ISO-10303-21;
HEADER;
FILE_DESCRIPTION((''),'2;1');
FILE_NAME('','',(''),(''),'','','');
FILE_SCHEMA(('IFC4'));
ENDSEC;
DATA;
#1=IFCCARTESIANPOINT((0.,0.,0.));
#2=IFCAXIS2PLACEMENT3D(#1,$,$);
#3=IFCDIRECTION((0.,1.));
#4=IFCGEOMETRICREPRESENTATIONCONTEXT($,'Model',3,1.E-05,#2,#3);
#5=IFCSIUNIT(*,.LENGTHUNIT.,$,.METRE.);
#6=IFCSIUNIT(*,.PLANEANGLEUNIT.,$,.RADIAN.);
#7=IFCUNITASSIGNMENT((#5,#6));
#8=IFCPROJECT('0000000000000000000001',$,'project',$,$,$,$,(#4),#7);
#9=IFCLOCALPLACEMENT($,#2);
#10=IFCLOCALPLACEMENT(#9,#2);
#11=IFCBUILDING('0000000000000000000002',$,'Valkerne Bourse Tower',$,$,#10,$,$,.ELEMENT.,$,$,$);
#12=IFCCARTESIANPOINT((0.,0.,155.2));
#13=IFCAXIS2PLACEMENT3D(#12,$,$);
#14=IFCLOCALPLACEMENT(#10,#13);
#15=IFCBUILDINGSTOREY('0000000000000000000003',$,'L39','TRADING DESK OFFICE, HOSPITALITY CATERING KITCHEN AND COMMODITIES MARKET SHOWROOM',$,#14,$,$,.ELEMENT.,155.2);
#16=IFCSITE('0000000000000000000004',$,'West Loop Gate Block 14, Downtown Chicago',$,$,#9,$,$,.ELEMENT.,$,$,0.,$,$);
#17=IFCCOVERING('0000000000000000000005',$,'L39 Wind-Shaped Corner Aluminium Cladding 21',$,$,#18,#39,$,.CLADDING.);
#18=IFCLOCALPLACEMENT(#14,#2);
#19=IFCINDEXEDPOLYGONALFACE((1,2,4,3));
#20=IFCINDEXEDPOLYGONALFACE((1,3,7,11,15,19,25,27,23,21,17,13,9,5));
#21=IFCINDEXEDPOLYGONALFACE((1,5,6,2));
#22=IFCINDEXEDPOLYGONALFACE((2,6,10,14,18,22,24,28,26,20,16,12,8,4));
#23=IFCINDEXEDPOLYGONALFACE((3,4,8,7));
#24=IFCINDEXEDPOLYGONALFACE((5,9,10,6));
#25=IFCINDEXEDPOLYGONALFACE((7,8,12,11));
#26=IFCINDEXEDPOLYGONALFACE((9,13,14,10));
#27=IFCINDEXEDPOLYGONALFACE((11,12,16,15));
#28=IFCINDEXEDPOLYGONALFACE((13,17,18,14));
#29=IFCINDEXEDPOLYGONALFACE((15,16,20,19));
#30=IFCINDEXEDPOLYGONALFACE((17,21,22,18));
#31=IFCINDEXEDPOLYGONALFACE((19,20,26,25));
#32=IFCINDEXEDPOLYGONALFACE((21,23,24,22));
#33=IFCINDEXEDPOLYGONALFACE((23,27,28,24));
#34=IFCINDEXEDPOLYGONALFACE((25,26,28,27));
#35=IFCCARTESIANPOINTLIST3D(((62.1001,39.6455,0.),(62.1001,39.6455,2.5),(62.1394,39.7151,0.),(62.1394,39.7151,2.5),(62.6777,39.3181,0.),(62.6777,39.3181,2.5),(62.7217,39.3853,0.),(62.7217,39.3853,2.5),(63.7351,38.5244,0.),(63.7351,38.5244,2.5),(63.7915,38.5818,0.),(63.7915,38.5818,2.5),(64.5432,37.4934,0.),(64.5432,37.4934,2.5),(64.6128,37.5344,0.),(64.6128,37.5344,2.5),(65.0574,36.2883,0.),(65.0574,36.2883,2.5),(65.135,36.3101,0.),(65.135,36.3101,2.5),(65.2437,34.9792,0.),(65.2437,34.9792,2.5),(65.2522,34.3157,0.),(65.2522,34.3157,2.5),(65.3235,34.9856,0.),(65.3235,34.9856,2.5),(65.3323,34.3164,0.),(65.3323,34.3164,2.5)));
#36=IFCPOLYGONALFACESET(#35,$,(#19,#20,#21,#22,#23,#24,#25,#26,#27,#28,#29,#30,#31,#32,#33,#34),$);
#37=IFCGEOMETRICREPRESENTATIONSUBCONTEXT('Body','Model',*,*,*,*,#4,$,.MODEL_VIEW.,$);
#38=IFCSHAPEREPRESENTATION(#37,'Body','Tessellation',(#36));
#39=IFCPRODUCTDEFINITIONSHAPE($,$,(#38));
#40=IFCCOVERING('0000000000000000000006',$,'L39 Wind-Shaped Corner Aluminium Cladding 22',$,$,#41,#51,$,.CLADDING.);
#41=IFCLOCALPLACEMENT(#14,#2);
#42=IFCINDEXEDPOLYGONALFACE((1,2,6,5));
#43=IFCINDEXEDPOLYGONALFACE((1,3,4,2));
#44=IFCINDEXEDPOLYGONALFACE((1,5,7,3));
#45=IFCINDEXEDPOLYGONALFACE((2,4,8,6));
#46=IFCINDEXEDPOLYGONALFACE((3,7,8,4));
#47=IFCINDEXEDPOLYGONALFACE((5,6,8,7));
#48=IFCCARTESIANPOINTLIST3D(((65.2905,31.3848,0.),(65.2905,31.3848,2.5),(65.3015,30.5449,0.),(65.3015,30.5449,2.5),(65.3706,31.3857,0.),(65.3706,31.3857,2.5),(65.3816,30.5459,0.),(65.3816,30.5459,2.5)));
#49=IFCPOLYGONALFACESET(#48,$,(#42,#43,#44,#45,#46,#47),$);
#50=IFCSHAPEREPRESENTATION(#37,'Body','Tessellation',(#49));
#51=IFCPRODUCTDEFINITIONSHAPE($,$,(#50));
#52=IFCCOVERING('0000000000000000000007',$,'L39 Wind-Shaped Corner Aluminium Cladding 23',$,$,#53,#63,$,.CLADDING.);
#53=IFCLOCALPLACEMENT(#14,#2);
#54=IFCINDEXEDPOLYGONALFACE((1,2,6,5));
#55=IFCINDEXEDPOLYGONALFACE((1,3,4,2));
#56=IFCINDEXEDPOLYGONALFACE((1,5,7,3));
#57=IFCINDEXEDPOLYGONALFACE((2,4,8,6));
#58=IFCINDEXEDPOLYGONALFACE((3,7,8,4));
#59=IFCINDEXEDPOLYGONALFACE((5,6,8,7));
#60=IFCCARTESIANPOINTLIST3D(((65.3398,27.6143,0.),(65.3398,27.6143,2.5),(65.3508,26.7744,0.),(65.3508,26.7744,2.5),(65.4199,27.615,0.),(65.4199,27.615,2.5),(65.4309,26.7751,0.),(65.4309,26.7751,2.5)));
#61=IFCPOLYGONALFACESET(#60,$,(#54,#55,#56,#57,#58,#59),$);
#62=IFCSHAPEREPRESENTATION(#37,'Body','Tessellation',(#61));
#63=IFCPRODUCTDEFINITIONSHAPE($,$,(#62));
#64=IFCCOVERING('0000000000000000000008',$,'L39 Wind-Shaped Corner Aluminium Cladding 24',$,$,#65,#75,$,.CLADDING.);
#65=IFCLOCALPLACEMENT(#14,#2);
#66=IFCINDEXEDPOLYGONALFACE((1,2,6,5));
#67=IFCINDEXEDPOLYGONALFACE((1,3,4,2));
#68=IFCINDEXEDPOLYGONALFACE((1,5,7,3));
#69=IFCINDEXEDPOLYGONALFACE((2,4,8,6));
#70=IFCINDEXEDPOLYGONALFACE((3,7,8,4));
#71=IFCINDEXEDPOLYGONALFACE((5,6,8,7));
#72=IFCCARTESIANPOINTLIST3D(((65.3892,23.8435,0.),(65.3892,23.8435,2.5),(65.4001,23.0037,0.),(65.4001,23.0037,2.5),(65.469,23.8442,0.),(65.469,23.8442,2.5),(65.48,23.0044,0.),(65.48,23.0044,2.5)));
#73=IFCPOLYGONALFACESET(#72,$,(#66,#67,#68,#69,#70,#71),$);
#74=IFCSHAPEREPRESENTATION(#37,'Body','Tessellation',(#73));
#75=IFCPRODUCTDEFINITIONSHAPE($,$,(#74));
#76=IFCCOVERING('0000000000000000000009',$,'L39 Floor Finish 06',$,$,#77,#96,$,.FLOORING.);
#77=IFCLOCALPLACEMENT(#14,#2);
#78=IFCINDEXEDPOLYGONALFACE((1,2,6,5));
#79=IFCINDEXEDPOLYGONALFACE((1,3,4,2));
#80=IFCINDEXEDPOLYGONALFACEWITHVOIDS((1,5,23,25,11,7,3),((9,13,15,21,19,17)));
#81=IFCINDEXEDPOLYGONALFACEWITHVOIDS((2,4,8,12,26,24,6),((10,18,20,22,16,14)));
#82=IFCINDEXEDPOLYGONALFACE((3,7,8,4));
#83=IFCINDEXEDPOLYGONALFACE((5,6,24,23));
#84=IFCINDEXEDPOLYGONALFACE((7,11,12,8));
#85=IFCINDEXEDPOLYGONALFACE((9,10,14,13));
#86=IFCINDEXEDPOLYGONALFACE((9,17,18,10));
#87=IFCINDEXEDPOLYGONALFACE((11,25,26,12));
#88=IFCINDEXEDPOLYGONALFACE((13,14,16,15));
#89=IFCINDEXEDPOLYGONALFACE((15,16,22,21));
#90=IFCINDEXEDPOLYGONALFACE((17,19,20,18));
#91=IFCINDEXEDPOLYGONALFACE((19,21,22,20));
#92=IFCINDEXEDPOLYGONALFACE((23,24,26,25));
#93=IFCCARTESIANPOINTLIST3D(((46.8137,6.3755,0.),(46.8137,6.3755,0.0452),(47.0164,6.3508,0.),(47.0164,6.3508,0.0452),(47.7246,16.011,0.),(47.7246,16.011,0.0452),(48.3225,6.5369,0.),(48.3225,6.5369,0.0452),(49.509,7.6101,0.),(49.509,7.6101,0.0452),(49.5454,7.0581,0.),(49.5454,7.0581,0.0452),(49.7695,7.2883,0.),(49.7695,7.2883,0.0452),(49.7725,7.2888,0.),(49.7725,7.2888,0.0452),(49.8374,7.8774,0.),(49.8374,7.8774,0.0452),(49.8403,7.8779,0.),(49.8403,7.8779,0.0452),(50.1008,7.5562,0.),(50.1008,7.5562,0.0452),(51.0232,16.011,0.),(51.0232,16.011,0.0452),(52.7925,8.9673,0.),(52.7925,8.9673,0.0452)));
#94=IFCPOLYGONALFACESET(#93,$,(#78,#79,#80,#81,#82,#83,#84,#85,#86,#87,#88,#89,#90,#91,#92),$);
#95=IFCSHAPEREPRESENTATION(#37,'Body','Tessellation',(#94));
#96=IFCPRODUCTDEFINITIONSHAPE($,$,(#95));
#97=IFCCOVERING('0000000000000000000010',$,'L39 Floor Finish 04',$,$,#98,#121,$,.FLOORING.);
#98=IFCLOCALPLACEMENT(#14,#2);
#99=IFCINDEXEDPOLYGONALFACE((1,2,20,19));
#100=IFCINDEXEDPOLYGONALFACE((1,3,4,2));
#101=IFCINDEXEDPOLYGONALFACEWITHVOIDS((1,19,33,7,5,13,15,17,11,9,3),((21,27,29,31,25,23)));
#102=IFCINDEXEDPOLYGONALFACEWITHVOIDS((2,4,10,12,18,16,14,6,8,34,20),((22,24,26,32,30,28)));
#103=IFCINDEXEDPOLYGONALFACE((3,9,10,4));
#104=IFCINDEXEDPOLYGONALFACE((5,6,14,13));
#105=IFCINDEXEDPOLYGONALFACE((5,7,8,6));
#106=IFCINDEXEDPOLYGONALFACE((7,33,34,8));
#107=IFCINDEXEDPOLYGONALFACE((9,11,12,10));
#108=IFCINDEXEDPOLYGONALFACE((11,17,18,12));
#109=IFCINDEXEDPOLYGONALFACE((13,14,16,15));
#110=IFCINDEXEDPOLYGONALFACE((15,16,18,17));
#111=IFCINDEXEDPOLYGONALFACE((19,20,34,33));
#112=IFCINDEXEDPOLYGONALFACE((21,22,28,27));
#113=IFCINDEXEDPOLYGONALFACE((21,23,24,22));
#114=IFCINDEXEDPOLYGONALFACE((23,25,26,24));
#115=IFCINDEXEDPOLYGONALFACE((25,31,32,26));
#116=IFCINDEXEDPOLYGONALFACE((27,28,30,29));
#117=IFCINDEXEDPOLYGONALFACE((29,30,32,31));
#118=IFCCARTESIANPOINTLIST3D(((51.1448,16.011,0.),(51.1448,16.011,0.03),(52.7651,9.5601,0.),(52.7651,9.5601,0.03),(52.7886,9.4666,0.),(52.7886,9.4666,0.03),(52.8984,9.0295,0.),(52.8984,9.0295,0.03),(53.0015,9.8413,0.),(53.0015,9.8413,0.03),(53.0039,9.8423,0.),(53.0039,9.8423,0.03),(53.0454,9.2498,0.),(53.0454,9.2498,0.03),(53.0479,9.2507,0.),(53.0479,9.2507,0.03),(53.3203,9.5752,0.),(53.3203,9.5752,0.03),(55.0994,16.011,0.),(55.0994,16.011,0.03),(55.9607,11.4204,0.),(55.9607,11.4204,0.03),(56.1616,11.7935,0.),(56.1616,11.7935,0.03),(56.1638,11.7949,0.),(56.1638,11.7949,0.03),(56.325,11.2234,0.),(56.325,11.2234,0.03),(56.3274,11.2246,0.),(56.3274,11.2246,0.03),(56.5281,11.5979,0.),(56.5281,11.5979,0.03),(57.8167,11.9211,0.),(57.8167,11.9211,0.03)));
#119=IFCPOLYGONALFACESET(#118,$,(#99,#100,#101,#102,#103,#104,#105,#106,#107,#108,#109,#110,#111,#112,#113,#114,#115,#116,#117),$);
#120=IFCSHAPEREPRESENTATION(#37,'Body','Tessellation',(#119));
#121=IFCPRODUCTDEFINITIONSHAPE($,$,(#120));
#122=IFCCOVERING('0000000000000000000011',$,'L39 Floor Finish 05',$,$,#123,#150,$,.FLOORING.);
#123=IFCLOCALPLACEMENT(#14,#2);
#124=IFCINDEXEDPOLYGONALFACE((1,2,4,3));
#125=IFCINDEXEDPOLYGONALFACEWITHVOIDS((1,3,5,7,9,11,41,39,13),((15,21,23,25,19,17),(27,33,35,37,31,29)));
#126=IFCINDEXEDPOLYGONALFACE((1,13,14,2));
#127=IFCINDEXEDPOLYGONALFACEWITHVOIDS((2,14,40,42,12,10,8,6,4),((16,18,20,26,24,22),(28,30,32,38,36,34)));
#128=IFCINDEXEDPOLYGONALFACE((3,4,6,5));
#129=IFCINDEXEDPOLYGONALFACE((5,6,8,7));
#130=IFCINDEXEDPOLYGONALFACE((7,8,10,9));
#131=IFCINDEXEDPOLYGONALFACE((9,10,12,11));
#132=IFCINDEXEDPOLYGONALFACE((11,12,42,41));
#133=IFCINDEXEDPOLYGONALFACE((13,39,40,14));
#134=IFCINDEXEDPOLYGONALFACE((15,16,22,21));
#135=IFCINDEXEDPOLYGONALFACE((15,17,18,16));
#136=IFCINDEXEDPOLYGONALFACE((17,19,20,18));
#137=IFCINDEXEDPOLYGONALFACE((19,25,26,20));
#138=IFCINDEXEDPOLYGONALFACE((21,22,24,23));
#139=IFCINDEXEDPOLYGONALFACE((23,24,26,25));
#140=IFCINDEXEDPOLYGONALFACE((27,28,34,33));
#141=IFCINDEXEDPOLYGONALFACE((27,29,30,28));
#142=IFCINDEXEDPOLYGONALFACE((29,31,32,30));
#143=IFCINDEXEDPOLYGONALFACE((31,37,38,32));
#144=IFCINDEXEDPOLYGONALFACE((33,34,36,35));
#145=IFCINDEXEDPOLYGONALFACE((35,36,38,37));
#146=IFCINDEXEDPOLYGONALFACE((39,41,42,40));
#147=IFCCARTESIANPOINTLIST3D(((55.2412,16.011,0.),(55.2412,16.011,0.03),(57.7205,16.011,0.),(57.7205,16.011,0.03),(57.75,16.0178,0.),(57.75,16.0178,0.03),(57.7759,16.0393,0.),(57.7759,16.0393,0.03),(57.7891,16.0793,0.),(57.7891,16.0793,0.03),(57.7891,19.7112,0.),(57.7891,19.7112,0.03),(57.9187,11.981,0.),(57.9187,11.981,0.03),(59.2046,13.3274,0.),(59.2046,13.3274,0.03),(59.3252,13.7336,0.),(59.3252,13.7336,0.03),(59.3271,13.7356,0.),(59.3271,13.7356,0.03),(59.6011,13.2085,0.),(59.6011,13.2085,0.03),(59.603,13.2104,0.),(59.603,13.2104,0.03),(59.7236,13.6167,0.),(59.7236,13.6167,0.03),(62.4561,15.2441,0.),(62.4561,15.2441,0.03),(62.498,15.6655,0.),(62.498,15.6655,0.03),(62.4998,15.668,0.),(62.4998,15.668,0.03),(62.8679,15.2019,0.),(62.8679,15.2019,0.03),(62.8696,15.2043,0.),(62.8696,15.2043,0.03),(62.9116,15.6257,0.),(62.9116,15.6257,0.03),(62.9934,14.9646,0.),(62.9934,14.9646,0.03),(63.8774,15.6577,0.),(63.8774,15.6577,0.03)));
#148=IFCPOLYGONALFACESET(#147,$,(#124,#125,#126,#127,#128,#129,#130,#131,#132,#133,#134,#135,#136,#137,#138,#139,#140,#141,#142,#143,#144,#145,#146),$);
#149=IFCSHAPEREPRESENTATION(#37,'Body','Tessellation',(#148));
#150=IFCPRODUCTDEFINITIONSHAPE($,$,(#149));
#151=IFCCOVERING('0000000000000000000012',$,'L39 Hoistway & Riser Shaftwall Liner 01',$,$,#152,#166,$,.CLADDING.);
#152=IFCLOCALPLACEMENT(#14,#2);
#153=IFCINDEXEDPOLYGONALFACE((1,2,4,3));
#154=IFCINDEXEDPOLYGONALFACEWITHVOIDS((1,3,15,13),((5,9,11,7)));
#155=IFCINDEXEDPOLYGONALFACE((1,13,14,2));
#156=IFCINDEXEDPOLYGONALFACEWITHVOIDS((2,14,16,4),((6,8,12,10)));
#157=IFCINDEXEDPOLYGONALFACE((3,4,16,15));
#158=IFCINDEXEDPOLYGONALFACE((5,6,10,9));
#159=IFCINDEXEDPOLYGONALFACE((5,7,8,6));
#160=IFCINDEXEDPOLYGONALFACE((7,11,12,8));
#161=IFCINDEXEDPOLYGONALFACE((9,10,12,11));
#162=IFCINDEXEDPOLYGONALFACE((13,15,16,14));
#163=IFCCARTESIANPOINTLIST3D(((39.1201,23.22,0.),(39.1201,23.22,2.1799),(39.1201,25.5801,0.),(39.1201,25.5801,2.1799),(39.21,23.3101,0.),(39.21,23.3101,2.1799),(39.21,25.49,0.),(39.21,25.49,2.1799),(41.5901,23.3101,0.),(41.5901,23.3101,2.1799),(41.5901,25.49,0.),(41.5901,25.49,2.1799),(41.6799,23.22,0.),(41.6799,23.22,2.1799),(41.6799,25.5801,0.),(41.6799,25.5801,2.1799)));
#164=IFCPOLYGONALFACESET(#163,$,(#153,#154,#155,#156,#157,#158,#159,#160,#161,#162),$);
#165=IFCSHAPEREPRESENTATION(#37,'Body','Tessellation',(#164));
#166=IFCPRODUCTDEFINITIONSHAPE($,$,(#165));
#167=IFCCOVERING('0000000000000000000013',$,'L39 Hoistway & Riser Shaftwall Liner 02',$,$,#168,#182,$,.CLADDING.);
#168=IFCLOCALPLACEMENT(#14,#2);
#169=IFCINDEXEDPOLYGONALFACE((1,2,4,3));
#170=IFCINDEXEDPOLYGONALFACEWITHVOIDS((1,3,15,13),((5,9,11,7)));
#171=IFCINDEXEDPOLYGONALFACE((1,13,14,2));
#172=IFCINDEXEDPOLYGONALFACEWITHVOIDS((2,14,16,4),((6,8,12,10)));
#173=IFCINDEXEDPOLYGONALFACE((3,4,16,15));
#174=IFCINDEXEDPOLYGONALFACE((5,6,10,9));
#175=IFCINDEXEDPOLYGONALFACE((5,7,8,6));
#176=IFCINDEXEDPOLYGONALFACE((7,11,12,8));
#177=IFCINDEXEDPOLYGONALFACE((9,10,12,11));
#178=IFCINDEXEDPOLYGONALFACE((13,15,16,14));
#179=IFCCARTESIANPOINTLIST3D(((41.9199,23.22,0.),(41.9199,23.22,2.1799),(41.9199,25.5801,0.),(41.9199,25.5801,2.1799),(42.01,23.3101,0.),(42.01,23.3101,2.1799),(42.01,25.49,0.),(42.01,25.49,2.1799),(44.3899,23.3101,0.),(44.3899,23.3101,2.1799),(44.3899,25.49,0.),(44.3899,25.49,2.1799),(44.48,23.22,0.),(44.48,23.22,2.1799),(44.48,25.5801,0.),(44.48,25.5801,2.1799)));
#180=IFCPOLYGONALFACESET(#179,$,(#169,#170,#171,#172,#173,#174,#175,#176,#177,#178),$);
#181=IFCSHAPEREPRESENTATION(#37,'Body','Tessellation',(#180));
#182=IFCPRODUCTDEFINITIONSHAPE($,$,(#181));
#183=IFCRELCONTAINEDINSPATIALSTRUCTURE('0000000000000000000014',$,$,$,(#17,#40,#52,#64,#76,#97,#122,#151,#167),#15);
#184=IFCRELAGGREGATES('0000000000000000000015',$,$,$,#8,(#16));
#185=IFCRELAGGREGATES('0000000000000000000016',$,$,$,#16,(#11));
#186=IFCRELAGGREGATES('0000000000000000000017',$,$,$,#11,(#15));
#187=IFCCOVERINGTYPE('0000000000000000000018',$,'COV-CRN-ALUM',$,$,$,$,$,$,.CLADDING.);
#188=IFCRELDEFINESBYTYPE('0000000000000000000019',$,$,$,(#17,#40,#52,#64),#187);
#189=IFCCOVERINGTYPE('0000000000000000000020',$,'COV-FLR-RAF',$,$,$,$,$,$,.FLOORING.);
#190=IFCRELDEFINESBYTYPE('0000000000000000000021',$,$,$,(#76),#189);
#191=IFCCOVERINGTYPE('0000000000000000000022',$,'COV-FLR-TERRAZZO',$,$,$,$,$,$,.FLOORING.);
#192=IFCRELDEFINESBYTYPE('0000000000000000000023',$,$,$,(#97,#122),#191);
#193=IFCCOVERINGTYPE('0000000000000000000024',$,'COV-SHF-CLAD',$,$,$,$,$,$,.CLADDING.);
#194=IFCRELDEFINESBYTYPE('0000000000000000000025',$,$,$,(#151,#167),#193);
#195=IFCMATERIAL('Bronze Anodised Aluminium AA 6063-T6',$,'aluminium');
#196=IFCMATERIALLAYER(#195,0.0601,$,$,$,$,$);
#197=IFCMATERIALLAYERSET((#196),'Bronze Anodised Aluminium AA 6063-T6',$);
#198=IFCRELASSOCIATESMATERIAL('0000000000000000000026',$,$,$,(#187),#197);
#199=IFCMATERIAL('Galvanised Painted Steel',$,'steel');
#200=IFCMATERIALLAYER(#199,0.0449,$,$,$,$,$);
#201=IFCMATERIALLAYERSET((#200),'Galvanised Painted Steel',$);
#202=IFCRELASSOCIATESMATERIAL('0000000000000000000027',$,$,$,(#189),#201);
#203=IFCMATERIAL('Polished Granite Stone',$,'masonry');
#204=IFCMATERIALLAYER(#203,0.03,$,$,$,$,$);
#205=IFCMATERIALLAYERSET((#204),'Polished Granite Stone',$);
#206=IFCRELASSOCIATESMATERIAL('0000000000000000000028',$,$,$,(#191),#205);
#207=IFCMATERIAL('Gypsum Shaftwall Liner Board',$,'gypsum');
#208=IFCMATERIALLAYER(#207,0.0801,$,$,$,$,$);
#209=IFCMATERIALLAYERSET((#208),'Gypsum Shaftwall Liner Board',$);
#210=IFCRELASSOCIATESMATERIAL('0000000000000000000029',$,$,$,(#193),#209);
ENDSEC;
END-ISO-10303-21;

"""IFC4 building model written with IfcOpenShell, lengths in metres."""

from ifc_helpers import new_model, si_unit, direction, frame, origin, place, context, subcontext, project, spatial, polyline, outline, extrude, material, layer, layer_set, type_object, element, save


model = new_model("IFC4")

# Units and contexts
model_context = context("Model", 3, precision=1e-05, world=origin(), true_north=direction((0.0, 1.0)))
body_context = subcontext(model_context, "Body", "Model", "MODEL_VIEW")
ifc_project = project(units=[si_unit("LENGTHUNIT", "METRE"), si_unit("PLANEANGLEUNIT", "RADIAN")], contexts=[model_context])

# Site, building, storey
site_placement = place(None, origin())
site = spatial("IfcSite", under=ifc_project, at=site_placement, Name="West Loop Gate Block 14, Downtown Chicago", CompositionType="ELEMENT", RefElevation=0.0)
building_placement = place(site_placement, origin())
building = spatial("IfcBuilding", under=site, at=building_placement, Name="Valkerne Bourse Tower", CompositionType="ELEMENT")
storey_placement = place(building_placement, frame((0.0, 0.0, 155.2)))
storey = spatial("IfcBuildingStorey", under=building, at=storey_placement, Name="L39", Description="TRADING DESK OFFICE, HOSPITALITY CATERING KITCHEN AND COMMODITIES MARKET SHOWROOM", CompositionType="ELEMENT", Elevation=155.2)

# Coverings
ifc_material_1 = material(Name="Bronze Anodised Aluminium AA 6063-T6", Category="aluminium")
ifc_layer_1 = layer(ifc_material_1, 0.0601)
ifc_layer_set_1 = layer_set([ifc_layer_1], Name="Bronze Anodised Aluminium AA 6063-T6")
covering_type_1 = type_object("IfcCoveringType", Name="COV-CRN-ALUM", PredefinedType="CLADDING", material=ifc_layer_set_1)
covering_1_placement = place(storey_placement, origin())
element("IfcCovering", 1, at=covering_1_placement, inside=storey, type_object=covering_type_1, Name="L39 Wind-Shaped Corner Aluminium Cladding 21", PredefinedType="CLADDING", context=body_context, shape_type="SweptSolid", body=[
    extrude(outline(polyline([(62.7217, 39.3853), (63.7915, 38.5818), (64.6128, 37.5344), (65.135, 36.3101), (65.3235, 34.9856), (65.3323, 34.3164), (65.2522, 34.3157), (65.2437, 34.9792), (65.0574, 36.2883), (64.5432, 37.4934), (63.7351, 38.5244), (62.6777, 39.3181), (62.1001, 39.6455), (62.1394, 39.7151), (62.7217, 39.3853)])), origin(), (0.0, 0.0, 1.0), 2.5),
])
covering_2_placement = place(storey_placement, origin())
element("IfcCovering", 2, at=covering_2_placement, inside=storey, type_object=covering_type_1, Name="L39 Wind-Shaped Corner Aluminium Cladding 22", PredefinedType="CLADDING", context=body_context, shape_type="SweptSolid", body=[
    extrude(outline(polyline([(65.3816, 30.5459), (65.3015, 30.5449), (65.2905, 31.3848), (65.3706, 31.3857), (65.3816, 30.5459)])), origin(), (0.0, 0.0, 1.0), 2.5),
])
covering_3_placement = place(storey_placement, origin())
element("IfcCovering", 3, at=covering_3_placement, inside=storey, type_object=covering_type_1, Name="L39 Wind-Shaped Corner Aluminium Cladding 23", PredefinedType="CLADDING", context=body_context, shape_type="SweptSolid", body=[
    extrude(outline(polyline([(65.4309, 26.7751), (65.3508, 26.7744), (65.3398, 27.6143), (65.4199, 27.615), (65.4309, 26.7751)])), origin(), (0.0, 0.0, 1.0), 2.5),
])
covering_4_placement = place(storey_placement, origin())
element("IfcCovering", 4, at=covering_4_placement, inside=storey, type_object=covering_type_1, Name="L39 Wind-Shaped Corner Aluminium Cladding 24", PredefinedType="CLADDING", context=body_context, shape_type="SweptSolid", body=[
    extrude(outline(polyline([(65.48, 23.0044), (65.4001, 23.0037), (65.3892, 23.8435), (65.469, 23.8442), (65.48, 23.0044)])), origin(), (0.0, 0.0, 1.0), 2.5),
])
ifc_material_2 = material(Name="Galvanised Painted Steel", Category="steel")
ifc_layer_2 = layer(ifc_material_2, 0.0449)
ifc_layer_set_2 = layer_set([ifc_layer_2], Name="Galvanised Painted Steel")
covering_type_2 = type_object("IfcCoveringType", Name="COV-FLR-RAF", PredefinedType="FLOORING", material=ifc_layer_set_2)
covering_5_placement = place(storey_placement, origin())
element("IfcCovering", 5, at=covering_5_placement, inside=storey, type_object=covering_type_2, Name="L39 Floor Finish 06", PredefinedType="FLOORING", context=body_context, shape_type="SweptSolid", body=[
    extrude(outline(polyline([(47.0164, 6.3508), (46.8137, 6.3755), (47.7246, 16.011), (51.0232, 16.011), (52.7925, 8.9673), (49.5454, 7.0581), (48.3225, 6.5369), (47.0164, 6.3508)]), holes=[polyline([(50.1008, 7.5562), (49.8403, 7.8779), (49.8374, 7.8774), (49.509, 7.6101), (49.7695, 7.2883), (49.7725, 7.2888), (50.1008, 7.5562)])]), origin(), (0.0, 0.0, 1.0), 0.0452),
])
ifc_material_3 = material(Name="Polished Granite Stone", Category="masonry")
ifc_layer_3 = layer(ifc_material_3, 0.03)
ifc_layer_set_3 = layer_set([ifc_layer_3], Name="Polished Granite Stone")
covering_type_3 = type_object("IfcCoveringType", Name="COV-FLR-TERRAZZO", PredefinedType="FLOORING", material=ifc_layer_set_3)
covering_6_placement = place(storey_placement, origin())
element("IfcCovering", 6, at=covering_6_placement, inside=storey, type_object=covering_type_3, Name="L39 Floor Finish 04", PredefinedType="FLOORING", context=body_context, shape_type="SweptSolid", body=[
    extrude(outline(polyline([(55.0994, 16.011), (57.8167, 11.9211), (52.8984, 9.0295), (52.7886, 9.4666), (53.0454, 9.2498), (53.0479, 9.2507), (53.3203, 9.5752), (53.0039, 9.8423), (53.0015, 9.8413), (52.7651, 9.5601), (51.1448, 16.011), (55.0994, 16.011)]), holes=[polyline([(56.3274, 11.2246), (56.5281, 11.5979), (56.1638, 11.7949), (56.1616, 11.7935), (55.9607, 11.4204), (56.325, 11.2234), (56.3274, 11.2246)])]), origin(), (0.0, 0.0, 1.0), 0.03),
])
covering_7_placement = place(storey_placement, origin())
element("IfcCovering", 7, at=covering_7_placement, inside=storey, type_object=covering_type_3, Name="L39 Floor Finish 05", PredefinedType="FLOORING", context=body_context, shape_type="SweptSolid", body=[
    extrude(outline(polyline([(55.2412, 16.011), (57.7205, 16.011), (57.75, 16.0178), (57.7759, 16.0393), (57.7891, 16.0793), (57.7891, 19.7112), (63.8774, 15.6577), (62.9934, 14.9646), (57.9187, 11.981), (55.2412, 16.011)]), holes=[polyline([(59.603, 13.2104), (59.7236, 13.6167), (59.3271, 13.7356), (59.3252, 13.7336), (59.2046, 13.3274), (59.6011, 13.2085), (59.603, 13.2104)]), polyline([(62.9116, 15.6257), (62.4998, 15.668), (62.498, 15.6655), (62.4561, 15.2441), (62.8679, 15.2019), (62.8696, 15.2043), (62.9116, 15.6257)])]), origin(), (0.0, 0.0, 1.0), 0.03),
])
ifc_material_4 = material(Name="Gypsum Shaftwall Liner Board", Category="gypsum")
ifc_layer_4 = layer(ifc_material_4, 0.0801)
ifc_layer_set_4 = layer_set([ifc_layer_4], Name="Gypsum Shaftwall Liner Board")
covering_type_4 = type_object("IfcCoveringType", Name="COV-SHF-CLAD", PredefinedType="CLADDING", material=ifc_layer_set_4)
covering_8_placement = place(storey_placement, origin())
element("IfcCovering", 8, at=covering_8_placement, inside=storey, type_object=covering_type_4, Name="L39 Hoistway & Riser Shaftwall Liner 01", PredefinedType="CLADDING", context=body_context, shape_type="SweptSolid", body=[
    extrude(outline(polyline([(41.6799, 25.5801), (41.6799, 23.22), (39.1201, 23.22), (39.1201, 25.5801), (41.6799, 25.5801)]), holes=[polyline([(41.5901, 25.49), (39.21, 25.49), (39.21, 23.3101), (41.5901, 23.3101), (41.5901, 25.49)])]), origin(), (0.0, 0.0, 1.0), 2.1799),
])
covering_9_placement = place(storey_placement, origin())
element("IfcCovering", 9, at=covering_9_placement, inside=storey, type_object=covering_type_4, Name="L39 Hoistway & Riser Shaftwall Liner 02", PredefinedType="CLADDING", context=body_context, shape_type="SweptSolid", body=[
    extrude(outline(polyline([(44.48, 23.22), (41.9199, 23.22), (41.9199, 25.5801), (44.48, 25.5801), (44.48, 23.22)]), holes=[polyline([(42.01, 25.49), (42.01, 23.3101), (44.3899, 23.3101), (44.3899, 25.49), (42.01, 25.49)])]), origin(), (0.0, 0.0, 1.0), 2.1799),
])

save(model, "model.ifc")
